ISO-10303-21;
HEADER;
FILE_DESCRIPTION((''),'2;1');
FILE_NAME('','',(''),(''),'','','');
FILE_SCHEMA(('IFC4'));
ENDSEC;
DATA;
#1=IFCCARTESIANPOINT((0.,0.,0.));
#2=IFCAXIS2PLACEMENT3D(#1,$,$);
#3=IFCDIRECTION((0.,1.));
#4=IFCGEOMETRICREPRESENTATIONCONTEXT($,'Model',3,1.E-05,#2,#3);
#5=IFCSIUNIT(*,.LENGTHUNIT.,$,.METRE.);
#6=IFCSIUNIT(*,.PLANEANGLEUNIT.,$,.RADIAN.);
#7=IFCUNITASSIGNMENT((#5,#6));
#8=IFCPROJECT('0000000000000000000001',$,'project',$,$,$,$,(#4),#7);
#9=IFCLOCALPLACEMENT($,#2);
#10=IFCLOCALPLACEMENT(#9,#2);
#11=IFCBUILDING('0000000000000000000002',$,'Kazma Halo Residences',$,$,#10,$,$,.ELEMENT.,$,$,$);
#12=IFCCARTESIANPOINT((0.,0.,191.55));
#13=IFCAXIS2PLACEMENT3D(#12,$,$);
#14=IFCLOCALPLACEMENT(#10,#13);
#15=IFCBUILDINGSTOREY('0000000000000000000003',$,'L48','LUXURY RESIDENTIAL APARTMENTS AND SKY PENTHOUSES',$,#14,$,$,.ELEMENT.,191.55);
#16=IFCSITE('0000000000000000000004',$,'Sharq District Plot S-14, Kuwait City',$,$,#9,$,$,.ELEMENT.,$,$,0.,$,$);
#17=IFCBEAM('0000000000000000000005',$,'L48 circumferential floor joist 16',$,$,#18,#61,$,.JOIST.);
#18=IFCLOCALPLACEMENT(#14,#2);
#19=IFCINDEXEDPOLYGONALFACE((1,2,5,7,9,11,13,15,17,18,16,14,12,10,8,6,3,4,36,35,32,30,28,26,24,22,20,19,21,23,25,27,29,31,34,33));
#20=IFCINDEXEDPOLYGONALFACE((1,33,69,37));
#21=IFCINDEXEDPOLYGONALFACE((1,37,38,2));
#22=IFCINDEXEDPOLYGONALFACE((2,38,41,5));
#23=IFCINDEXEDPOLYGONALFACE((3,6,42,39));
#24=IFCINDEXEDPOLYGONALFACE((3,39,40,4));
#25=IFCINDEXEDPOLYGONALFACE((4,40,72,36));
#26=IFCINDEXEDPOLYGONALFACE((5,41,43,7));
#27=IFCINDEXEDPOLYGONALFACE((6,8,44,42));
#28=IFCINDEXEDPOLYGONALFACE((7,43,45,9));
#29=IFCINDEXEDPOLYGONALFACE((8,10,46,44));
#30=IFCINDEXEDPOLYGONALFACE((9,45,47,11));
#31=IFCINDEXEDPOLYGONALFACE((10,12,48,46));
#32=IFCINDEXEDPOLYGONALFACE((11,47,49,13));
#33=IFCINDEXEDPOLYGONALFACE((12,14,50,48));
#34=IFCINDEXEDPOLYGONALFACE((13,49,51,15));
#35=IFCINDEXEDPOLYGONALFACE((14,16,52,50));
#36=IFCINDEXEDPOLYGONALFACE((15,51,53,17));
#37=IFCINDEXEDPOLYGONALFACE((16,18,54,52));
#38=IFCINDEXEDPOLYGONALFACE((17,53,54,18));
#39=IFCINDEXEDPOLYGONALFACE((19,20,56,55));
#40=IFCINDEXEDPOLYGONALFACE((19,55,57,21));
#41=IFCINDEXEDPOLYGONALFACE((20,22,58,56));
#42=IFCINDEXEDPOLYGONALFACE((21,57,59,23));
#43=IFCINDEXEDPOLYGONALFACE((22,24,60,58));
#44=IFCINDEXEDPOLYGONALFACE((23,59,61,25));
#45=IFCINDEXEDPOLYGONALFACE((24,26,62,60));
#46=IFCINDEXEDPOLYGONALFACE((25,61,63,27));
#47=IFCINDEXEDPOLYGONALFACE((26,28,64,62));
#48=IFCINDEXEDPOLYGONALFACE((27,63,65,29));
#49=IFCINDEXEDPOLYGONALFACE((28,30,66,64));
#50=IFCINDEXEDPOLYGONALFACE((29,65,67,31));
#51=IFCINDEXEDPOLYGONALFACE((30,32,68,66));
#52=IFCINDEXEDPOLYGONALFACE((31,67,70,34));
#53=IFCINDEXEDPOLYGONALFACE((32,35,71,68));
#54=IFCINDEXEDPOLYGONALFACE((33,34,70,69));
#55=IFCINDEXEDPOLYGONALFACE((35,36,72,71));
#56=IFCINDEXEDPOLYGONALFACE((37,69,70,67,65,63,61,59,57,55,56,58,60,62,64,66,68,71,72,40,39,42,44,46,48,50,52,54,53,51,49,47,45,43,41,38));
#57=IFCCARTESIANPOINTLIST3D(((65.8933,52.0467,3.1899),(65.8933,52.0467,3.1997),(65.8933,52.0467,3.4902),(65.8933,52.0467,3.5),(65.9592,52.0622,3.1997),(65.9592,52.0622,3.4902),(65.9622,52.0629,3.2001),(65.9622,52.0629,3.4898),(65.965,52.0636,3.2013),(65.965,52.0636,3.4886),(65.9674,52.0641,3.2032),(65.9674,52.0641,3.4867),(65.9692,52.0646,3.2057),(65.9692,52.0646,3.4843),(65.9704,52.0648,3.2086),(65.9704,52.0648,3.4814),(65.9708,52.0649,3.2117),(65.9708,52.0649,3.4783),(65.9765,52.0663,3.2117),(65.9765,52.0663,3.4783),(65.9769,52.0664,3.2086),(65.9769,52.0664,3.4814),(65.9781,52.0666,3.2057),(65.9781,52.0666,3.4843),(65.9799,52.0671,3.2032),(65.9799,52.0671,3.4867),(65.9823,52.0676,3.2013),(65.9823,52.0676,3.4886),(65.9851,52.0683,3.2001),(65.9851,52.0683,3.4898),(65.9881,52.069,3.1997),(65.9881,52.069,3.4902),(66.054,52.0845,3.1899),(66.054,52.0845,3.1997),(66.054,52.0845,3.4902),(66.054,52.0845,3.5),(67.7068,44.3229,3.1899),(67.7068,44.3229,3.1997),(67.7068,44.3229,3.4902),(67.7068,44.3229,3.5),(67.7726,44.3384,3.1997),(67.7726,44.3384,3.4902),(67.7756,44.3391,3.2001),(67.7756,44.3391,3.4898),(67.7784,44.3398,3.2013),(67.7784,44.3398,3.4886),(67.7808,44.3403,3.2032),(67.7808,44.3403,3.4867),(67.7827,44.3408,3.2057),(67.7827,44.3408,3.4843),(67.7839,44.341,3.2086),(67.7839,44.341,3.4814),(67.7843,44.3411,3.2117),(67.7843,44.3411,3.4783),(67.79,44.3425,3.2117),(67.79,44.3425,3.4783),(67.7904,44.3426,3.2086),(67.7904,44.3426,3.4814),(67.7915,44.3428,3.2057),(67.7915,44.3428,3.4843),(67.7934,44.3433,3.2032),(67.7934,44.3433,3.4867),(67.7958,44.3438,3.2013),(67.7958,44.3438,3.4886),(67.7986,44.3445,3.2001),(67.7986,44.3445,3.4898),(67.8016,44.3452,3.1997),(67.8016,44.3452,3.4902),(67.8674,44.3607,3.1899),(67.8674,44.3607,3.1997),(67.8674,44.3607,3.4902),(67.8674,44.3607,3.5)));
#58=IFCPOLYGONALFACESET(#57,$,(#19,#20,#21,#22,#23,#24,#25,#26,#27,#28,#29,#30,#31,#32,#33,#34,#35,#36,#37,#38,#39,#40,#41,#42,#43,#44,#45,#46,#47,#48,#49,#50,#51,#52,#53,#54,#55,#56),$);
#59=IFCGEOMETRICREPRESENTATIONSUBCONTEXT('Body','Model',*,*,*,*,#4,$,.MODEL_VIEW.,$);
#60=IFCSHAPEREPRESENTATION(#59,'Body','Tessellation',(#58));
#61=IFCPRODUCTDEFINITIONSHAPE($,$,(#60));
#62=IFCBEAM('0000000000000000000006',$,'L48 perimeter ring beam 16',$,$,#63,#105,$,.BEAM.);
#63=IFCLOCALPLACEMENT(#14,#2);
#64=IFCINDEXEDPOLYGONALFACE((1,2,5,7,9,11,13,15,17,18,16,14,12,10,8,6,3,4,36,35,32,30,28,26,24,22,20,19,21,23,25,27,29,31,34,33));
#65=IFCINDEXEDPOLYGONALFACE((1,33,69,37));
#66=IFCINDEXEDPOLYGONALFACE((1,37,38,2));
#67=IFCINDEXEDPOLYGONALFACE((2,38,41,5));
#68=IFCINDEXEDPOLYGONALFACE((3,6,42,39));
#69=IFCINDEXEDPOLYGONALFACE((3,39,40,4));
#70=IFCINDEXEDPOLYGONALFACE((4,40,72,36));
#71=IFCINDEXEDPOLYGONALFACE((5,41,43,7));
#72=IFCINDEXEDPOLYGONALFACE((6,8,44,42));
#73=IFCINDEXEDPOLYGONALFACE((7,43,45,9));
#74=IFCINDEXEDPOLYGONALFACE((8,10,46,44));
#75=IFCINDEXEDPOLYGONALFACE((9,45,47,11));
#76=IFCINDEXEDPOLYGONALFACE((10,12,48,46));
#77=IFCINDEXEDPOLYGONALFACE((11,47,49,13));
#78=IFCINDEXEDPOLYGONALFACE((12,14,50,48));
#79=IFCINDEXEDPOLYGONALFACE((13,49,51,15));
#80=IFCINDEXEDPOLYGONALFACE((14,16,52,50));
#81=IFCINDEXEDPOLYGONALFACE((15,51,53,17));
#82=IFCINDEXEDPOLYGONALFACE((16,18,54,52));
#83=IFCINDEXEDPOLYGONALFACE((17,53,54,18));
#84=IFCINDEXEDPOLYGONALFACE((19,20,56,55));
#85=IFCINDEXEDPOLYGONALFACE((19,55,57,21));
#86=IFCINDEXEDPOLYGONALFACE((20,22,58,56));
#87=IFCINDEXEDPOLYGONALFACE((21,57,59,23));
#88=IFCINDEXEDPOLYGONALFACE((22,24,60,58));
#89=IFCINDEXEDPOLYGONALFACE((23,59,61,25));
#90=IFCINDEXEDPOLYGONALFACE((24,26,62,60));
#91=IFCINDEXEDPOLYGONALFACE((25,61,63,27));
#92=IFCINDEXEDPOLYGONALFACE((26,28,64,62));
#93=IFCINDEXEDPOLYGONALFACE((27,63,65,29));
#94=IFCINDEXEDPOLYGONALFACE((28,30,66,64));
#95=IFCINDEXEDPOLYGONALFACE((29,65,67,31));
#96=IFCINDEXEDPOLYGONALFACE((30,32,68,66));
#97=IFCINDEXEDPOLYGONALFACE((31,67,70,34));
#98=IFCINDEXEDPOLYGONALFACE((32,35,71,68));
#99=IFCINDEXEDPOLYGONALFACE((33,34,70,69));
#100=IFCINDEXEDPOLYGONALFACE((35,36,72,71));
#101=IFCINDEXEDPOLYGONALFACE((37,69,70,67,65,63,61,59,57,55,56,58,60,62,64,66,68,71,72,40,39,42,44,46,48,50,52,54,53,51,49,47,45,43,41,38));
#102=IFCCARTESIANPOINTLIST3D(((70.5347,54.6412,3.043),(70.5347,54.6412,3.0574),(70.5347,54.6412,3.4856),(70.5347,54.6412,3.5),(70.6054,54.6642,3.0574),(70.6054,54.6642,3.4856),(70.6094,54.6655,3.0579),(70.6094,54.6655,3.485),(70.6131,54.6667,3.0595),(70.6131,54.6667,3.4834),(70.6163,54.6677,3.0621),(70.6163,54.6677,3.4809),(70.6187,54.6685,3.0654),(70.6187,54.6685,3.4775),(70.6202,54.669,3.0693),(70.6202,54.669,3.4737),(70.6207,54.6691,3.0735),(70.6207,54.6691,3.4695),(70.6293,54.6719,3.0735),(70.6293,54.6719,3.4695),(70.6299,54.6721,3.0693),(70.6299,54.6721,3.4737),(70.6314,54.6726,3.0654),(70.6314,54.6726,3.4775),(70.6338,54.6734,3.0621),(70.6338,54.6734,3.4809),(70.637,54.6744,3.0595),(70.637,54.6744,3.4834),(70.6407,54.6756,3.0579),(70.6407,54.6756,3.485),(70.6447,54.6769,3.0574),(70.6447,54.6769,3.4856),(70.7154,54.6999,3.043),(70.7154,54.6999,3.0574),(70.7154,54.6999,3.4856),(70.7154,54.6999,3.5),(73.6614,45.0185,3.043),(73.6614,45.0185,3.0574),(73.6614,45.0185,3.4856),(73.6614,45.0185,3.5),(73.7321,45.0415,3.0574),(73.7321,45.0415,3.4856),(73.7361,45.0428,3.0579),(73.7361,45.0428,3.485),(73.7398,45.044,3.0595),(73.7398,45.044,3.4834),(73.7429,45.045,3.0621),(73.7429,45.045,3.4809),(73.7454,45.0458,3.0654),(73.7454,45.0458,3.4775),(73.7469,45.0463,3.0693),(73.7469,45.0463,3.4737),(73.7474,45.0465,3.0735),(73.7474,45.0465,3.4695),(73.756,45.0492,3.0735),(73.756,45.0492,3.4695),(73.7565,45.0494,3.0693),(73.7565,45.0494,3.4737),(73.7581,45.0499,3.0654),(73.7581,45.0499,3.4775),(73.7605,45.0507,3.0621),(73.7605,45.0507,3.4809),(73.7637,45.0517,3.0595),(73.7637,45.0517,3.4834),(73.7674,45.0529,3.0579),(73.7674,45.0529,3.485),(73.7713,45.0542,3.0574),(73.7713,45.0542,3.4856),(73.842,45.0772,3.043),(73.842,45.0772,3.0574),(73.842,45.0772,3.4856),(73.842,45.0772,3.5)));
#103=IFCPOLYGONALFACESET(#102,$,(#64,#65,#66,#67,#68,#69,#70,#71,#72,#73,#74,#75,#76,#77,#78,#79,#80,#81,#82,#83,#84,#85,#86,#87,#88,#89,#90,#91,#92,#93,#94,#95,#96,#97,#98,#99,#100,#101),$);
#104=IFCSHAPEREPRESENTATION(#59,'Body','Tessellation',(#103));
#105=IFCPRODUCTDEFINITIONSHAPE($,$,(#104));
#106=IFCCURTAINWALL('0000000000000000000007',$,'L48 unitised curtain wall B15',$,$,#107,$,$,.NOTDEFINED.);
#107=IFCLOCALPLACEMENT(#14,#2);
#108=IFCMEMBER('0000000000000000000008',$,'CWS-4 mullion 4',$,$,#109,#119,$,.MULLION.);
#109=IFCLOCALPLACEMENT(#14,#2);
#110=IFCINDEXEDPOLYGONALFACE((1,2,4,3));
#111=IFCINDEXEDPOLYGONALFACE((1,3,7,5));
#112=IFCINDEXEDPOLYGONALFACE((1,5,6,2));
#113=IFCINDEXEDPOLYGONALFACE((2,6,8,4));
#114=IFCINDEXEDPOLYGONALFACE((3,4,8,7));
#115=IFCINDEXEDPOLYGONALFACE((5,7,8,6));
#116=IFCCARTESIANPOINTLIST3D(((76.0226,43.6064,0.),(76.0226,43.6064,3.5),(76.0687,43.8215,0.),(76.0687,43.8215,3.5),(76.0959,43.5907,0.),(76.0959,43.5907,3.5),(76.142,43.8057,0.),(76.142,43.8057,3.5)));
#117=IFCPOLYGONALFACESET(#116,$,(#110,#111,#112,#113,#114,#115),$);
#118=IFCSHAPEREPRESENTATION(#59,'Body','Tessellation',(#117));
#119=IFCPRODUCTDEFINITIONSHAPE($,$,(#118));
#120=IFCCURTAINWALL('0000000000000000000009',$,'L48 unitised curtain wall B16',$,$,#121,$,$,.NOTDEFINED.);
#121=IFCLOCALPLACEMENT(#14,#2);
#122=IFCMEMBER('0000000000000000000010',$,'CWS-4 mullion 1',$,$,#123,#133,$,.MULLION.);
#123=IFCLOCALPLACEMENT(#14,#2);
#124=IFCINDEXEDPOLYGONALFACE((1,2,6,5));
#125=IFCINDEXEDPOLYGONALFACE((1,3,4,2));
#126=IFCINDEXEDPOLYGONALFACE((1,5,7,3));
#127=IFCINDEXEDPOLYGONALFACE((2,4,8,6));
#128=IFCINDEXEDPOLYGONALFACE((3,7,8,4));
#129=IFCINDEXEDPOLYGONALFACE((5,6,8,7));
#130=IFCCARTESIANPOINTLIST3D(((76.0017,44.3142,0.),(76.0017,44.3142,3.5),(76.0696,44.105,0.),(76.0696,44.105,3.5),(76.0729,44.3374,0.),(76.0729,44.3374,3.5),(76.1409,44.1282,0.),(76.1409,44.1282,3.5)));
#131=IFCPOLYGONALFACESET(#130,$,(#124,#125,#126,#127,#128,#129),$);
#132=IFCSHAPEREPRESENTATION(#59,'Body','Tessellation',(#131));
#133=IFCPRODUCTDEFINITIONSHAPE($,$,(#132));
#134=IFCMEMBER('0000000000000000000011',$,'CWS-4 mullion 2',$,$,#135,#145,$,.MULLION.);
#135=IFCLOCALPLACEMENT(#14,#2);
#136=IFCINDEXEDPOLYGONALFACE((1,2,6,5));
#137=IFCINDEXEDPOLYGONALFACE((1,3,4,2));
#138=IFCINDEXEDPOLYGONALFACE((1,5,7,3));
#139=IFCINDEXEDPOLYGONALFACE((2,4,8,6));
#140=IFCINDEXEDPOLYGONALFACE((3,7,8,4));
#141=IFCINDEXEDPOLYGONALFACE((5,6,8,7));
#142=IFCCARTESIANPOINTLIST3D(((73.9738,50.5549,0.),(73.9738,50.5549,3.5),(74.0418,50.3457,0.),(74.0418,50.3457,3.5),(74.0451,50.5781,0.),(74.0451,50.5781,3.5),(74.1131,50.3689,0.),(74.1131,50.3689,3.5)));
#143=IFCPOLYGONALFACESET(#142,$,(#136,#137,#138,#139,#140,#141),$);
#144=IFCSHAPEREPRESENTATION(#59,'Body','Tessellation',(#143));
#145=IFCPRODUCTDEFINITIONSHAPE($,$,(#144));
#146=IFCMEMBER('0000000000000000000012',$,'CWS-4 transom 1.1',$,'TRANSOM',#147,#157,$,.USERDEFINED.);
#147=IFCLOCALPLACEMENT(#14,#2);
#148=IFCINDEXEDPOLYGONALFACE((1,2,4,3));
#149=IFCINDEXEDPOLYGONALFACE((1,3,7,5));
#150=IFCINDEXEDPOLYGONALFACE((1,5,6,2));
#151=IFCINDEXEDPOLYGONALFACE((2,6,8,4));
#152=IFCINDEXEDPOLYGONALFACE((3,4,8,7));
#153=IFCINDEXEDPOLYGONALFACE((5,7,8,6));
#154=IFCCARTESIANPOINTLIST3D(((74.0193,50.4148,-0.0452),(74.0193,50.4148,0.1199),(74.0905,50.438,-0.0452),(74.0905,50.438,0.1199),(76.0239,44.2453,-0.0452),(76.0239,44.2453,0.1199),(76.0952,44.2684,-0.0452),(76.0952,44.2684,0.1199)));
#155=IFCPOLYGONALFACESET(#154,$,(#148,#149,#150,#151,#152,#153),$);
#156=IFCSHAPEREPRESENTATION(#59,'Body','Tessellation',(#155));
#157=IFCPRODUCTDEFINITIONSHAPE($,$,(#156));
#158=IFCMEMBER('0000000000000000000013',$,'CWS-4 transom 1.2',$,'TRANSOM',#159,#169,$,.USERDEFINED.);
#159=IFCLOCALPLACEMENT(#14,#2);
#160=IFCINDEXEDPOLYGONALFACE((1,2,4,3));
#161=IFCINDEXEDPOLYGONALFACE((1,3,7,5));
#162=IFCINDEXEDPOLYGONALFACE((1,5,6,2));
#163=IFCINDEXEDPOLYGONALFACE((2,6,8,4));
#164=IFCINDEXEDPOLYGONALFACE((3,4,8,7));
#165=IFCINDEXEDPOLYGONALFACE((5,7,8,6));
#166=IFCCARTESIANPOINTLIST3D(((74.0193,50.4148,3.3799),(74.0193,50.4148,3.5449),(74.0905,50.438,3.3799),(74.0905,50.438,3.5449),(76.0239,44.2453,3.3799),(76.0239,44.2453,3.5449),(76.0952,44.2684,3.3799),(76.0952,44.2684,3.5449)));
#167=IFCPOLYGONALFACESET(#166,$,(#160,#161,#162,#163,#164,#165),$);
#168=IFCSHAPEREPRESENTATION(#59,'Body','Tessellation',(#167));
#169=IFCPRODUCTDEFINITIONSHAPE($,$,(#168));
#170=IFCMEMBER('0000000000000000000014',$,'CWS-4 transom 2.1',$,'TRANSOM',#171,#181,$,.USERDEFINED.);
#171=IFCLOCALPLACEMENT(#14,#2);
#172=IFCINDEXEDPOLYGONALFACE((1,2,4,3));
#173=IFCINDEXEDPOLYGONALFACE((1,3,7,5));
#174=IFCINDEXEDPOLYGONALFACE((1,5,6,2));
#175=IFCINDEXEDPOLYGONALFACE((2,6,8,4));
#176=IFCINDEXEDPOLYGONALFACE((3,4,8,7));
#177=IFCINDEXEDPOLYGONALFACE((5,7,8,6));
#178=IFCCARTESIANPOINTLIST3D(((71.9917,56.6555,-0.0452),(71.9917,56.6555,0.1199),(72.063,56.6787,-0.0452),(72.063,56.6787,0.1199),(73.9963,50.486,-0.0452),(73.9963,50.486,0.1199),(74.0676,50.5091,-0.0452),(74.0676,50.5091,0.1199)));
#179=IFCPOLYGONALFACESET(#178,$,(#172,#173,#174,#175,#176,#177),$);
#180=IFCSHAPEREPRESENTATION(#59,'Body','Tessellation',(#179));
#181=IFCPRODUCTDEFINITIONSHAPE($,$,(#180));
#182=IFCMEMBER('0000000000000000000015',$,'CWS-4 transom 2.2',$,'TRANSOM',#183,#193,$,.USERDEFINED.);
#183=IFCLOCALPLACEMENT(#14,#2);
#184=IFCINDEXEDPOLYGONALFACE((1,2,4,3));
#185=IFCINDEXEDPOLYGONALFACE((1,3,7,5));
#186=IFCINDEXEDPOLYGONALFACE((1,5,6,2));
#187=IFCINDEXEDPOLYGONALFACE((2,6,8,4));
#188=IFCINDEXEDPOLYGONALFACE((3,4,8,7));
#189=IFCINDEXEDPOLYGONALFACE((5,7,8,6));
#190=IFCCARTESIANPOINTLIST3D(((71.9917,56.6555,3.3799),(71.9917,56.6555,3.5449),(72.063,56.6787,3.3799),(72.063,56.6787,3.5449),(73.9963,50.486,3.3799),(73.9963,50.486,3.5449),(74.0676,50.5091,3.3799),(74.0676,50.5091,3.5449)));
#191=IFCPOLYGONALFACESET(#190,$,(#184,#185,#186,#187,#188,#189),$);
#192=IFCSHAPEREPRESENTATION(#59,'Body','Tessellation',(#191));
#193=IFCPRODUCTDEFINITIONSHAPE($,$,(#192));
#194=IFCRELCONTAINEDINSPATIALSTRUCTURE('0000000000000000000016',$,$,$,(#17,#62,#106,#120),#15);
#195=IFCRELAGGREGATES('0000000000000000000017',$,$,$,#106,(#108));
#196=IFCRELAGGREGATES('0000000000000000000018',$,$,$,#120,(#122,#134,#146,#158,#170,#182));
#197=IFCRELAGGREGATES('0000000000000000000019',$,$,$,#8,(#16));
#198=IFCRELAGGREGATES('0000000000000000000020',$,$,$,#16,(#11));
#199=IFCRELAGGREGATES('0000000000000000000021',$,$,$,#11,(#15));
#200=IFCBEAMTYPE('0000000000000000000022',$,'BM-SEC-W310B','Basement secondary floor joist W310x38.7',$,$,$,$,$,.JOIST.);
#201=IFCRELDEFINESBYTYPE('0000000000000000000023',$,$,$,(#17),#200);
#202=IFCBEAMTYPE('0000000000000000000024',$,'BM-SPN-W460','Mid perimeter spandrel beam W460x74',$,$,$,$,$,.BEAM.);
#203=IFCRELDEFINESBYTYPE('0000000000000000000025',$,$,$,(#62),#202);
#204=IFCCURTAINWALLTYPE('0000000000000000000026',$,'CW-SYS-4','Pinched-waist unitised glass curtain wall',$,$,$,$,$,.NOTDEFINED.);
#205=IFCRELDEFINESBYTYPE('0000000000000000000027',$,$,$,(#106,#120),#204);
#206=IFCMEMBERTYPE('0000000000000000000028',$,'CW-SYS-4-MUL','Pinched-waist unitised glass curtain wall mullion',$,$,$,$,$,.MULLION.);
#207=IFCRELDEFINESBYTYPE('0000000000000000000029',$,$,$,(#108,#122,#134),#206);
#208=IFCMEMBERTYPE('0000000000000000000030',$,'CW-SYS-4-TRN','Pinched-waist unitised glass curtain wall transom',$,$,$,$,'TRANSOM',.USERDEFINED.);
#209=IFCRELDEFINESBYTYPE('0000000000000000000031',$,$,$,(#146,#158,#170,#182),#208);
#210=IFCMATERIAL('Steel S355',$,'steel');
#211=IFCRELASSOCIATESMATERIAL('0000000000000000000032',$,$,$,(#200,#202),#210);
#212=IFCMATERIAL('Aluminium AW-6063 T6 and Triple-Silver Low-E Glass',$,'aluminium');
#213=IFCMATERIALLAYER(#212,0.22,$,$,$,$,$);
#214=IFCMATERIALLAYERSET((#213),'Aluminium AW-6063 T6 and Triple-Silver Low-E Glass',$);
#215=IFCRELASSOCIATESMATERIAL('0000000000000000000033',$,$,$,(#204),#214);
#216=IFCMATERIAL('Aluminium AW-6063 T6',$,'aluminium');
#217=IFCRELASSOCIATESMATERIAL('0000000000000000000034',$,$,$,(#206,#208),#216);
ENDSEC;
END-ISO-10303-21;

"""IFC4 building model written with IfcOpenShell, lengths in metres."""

from ifc_helpers import new_model, si_unit, direction, frame, origin, origin_2d, place, context, subcontext, project, spatial, rectangle, i_section, extrude, material, layer, layer_set, material_profile, profile_set, type_object, element, aggregate, save


model = new_model("IFC4")

# Units and contexts
model_context = context("Model", 3, precision=1e-05, world=origin(), true_north=direction((0.0, 1.0)))
body_context = subcontext(model_context, "Body", "Model", "MODEL_VIEW")
ifc_project = project(units=[si_unit("LENGTHUNIT", "METRE"), si_unit("PLANEANGLEUNIT", "RADIAN")], contexts=[model_context])

# Site, building, storey
site_placement = place(None, origin())
site = spatial("IfcSite", under=ifc_project, at=site_placement, Name="Sharq District Plot S-14, Kuwait City", CompositionType="ELEMENT", RefElevation=0.0)
building_placement = place(site_placement, origin())
building = spatial("IfcBuilding", under=site, at=building_placement, Name="Kazma Halo Residences", CompositionType="ELEMENT")
storey_placement = place(building_placement, frame((0.0, 0.0, 191.55)))
storey = spatial("IfcBuildingStorey", under=building, at=storey_placement, Name="L48", Description="LUXURY RESIDENTIAL APARTMENTS AND SKY PENTHOUSES", CompositionType="ELEMENT", Elevation=191.55)

# Beams
ifc_material_1 = material(Name="Steel S355", Category="steel")
ifc_material_profile_1 = material_profile(ifc_material_1, i_section(OverallWidth=0.165, OverallDepth=0.3101, WebThickness=0.0059, FlangeThickness=0.0098, FilletRadius=0.012, at=origin_2d()), Name="W310x38.7")
ifc_profile_set_1 = profile_set([ifc_material_profile_1], Name="Steel S355")
beam_type_1 = type_object("IfcBeamType", Name="BM-SEC-W310B", Description="Basement secondary floor joist W310x38.7", PredefinedType="JOIST", material=ifc_profile_set_1)
beam_1_placement = place(storey_placement, frame((67.7871, 44.3418, 3.345), z_axis=(-0.228573, 0.973527, 0.0), x_axis=(-0.973527, -0.228573, 0.0)))
element("IfcBeam", 1, at=beam_1_placement, inside=storey, type_object=beam_type_1, Name="L48 circumferential floor joist 16", PredefinedType="JOIST", context=body_context, shape_type="SweptSolid", body=[
    extrude(i_section(OverallWidth=0.165, OverallDepth=0.3101, WebThickness=0.0059, FlangeThickness=0.0098, FilletRadius=0.012, at=origin_2d()), origin(), (0.0, 0.0, 1.0), 7.9338),
])
ifc_material_profile_2 = material_profile(ifc_material_1, i_section(OverallWidth=0.1899, OverallDepth=0.457, WebThickness=0.009, FlangeThickness=0.0144, FilletRadius=0.0161, at=origin_2d()), Name="W460x74")
ifc_profile_set_2 = profile_set([ifc_material_profile_2], Name="Steel S355")
beam_type_2 = type_object("IfcBeamType", Name="BM-SPN-W460", Description="Mid perimeter spandrel beam W460x74", PredefinedType="BEAM", material=ifc_profile_set_2)
beam_2_placement = place(storey_placement, frame((73.7517, 45.0479, 3.2715), z_axis=(-0.309023, 0.951054, 0.0), x_axis=(-0.951054, -0.309023, 0.0)))
element("IfcBeam", 2, at=beam_2_placement, inside=storey, type_object=beam_type_2, Name="L48 perimeter ring beam 16", PredefinedType="BEAM", context=body_context, shape_type="SweptSolid", body=[
    extrude(i_section(OverallWidth=0.1899, OverallDepth=0.457, WebThickness=0.009, FlangeThickness=0.0144, FilletRadius=0.0161, at=origin_2d()), origin(), (0.0, 0.0, 1.0), 10.1179),
])

# Curtain wall, member
ifc_material_2 = material(Name="Aluminium AW-6063 T6 and Triple-Silver Low-E Glass", Category="aluminium")
ifc_layer_1 = layer(ifc_material_2, 0.22)
ifc_layer_set_1 = layer_set([ifc_layer_1], Name="Aluminium AW-6063 T6 and Triple-Silver Low-E Glass")
curtain_wall_type = type_object("IfcCurtainWallType", Name="CW-SYS-4", Description="Pinched-waist unitised glass curtain wall", PredefinedType="NOTDEFINED", material=ifc_layer_set_1)
curtain_wall_1_placement = place(storey_placement, origin())
curtain_wall_1 = element("IfcCurtainWall", 3, at=curtain_wall_1_placement, inside=storey, type_object=curtain_wall_type, Name="L48 unitised curtain wall B15", PredefinedType="NOTDEFINED")
ifc_material_3 = material(Name="Aluminium AW-6063 T6", Category="aluminium")
ifc_material_profile_3 = material_profile(ifc_material_3, rectangle(XDim=0.075, YDim=0.22, at=origin_2d()), Name="CWM-75x220")
ifc_profile_set_3 = profile_set([ifc_material_profile_3], Name="Aluminium AW-6063 T6")
member_type_1 = type_object("IfcMemberType", Name="CW-SYS-4-MUL", Description="Pinched-waist unitised glass curtain wall mullion", PredefinedType="MULLION", material=ifc_profile_set_3)
member_1_placement = place(storey_placement, frame((76.0823, 43.7061, 0.0), z_axis=(0.0, 0.0, 1.0), x_axis=(-0.977768, 0.20969, 0.0)))
member_1 = element("IfcMember", 4, at=member_1_placement, type_object=member_type_1, Name="CWS-4 mullion 4", PredefinedType="MULLION", context=body_context, shape_type="SweptSolid", body=[
    extrude(rectangle(XDim=0.075, YDim=0.22, at=origin_2d()), origin(), (0.0, 0.0, 1.0), 3.5),
])
aggregate(curtain_wall_1, [member_1])

# Curtain wall, members
curtain_wall_2_placement = place(storey_placement, origin())
curtain_wall_2 = element("IfcCurtainWall", 5, at=curtain_wall_2_placement, inside=storey, type_object=curtain_wall_type, Name="L48 unitised curtain wall B16", PredefinedType="NOTDEFINED")
member_2_placement = place(storey_placement, frame((76.0713, 44.2212, 0.0), z_axis=(0.0, 0.0, 1.0), x_axis=(-0.951057, -0.309016, 0.0)))
member_2 = element("IfcMember", 6, at=member_2_placement, type_object=member_type_1, Name="CWS-4 mullion 1", PredefinedType="MULLION", context=body_context, shape_type="SweptSolid", body=[
    extrude(rectangle(XDim=0.075, YDim=0.22, at=origin_2d()), origin(), (0.0, 0.0, 1.0), 3.5),
])
member_3_placement = place(storey_placement, frame((74.0435, 50.4619, 0.0), z_axis=(0.0, 0.0, 1.0), x_axis=(-0.951057, -0.309016, 0.0)))
member_3 = element("IfcMember", 7, at=member_3_placement, type_object=member_type_1, Name="CWS-4 mullion 2", PredefinedType="MULLION", context=body_context, shape_type="SweptSolid", body=[
    extrude(rectangle(XDim=0.075, YDim=0.22, at=origin_2d()), origin(), (0.0, 0.0, 1.0), 3.5),
])
ifc_material_profile_4 = material_profile(ifc_material_3, rectangle(XDim=0.075, YDim=0.165, at=origin_2d()), Name="CWT-75x165")
ifc_profile_set_4 = profile_set([ifc_material_profile_4], Name="Aluminium AW-6063 T6")
member_type_2 = type_object("IfcMemberType", Name="CW-SYS-4-TRN", Description="Pinched-waist unitised glass curtain wall transom", ElementType="TRANSOM", PredefinedType="USERDEFINED", material=ifc_profile_set_4)
member_4_placement = place(storey_placement, frame((76.0596, 44.2568, 0.0374), z_axis=(-0.309027, 0.951053, 0.0), x_axis=(-0.951053, -0.309027, 0.0)))
member_4 = element("IfcMember", 8, at=member_4_placement, type_object=member_type_2, Name="CWS-4 transom 1.1", ObjectType="TRANSOM", PredefinedType="USERDEFINED", context=body_context, shape_type="SweptSolid", body=[
    extrude(rectangle(XDim=0.075, YDim=0.165, at=origin_2d()), origin(), (0.0, 0.0, 1.0), 6.4871),
])
member_5_placement = place(storey_placement, frame((76.0596, 44.2568, 3.4624), z_axis=(-0.309027, 0.951053, 0.0), x_axis=(-0.951053, -0.309027, 0.0)))
member_5 = element("IfcMember", 9, at=member_5_placement, type_object=member_type_2, Name="CWS-4 transom 1.2", ObjectType="TRANSOM", PredefinedType="USERDEFINED", context=body_context, shape_type="SweptSolid", body=[
    extrude(rectangle(XDim=0.075, YDim=0.165, at=origin_2d()), origin(), (0.0, 0.0, 1.0), 6.4871),
])
member_6_placement = place(storey_placement, frame((74.032, 50.4976, 0.0374), z_axis=(-0.309015, 0.951057, 0.0), x_axis=(-0.951057, -0.309015, 0.0)))
member_6 = element("IfcMember", 10, at=member_6_placement, type_object=member_type_2, Name="CWS-4 transom 2.1", ObjectType="TRANSOM", PredefinedType="USERDEFINED", context=body_context, shape_type="SweptSolid", body=[
    extrude(rectangle(XDim=0.075, YDim=0.165, at=origin_2d()), origin(), (0.0, 0.0, 1.0), 6.4871),
])
member_7_placement = place(storey_placement, frame((74.032, 50.4976, 3.4624), z_axis=(-0.309015, 0.951057, 0.0), x_axis=(-0.951057, -0.309015, 0.0)))
member_7 = element("IfcMember", 11, at=member_7_placement, type_object=member_type_2, Name="CWS-4 transom 2.2", ObjectType="TRANSOM", PredefinedType="USERDEFINED", context=body_context, shape_type="SweptSolid", body=[
    extrude(rectangle(XDim=0.075, YDim=0.165, at=origin_2d()), origin(), (0.0, 0.0, 1.0), 6.4871),
])
aggregate(curtain_wall_2, [member_2, member_3, member_4, member_5, member_6, member_7])

save(model, "model.ifc")
